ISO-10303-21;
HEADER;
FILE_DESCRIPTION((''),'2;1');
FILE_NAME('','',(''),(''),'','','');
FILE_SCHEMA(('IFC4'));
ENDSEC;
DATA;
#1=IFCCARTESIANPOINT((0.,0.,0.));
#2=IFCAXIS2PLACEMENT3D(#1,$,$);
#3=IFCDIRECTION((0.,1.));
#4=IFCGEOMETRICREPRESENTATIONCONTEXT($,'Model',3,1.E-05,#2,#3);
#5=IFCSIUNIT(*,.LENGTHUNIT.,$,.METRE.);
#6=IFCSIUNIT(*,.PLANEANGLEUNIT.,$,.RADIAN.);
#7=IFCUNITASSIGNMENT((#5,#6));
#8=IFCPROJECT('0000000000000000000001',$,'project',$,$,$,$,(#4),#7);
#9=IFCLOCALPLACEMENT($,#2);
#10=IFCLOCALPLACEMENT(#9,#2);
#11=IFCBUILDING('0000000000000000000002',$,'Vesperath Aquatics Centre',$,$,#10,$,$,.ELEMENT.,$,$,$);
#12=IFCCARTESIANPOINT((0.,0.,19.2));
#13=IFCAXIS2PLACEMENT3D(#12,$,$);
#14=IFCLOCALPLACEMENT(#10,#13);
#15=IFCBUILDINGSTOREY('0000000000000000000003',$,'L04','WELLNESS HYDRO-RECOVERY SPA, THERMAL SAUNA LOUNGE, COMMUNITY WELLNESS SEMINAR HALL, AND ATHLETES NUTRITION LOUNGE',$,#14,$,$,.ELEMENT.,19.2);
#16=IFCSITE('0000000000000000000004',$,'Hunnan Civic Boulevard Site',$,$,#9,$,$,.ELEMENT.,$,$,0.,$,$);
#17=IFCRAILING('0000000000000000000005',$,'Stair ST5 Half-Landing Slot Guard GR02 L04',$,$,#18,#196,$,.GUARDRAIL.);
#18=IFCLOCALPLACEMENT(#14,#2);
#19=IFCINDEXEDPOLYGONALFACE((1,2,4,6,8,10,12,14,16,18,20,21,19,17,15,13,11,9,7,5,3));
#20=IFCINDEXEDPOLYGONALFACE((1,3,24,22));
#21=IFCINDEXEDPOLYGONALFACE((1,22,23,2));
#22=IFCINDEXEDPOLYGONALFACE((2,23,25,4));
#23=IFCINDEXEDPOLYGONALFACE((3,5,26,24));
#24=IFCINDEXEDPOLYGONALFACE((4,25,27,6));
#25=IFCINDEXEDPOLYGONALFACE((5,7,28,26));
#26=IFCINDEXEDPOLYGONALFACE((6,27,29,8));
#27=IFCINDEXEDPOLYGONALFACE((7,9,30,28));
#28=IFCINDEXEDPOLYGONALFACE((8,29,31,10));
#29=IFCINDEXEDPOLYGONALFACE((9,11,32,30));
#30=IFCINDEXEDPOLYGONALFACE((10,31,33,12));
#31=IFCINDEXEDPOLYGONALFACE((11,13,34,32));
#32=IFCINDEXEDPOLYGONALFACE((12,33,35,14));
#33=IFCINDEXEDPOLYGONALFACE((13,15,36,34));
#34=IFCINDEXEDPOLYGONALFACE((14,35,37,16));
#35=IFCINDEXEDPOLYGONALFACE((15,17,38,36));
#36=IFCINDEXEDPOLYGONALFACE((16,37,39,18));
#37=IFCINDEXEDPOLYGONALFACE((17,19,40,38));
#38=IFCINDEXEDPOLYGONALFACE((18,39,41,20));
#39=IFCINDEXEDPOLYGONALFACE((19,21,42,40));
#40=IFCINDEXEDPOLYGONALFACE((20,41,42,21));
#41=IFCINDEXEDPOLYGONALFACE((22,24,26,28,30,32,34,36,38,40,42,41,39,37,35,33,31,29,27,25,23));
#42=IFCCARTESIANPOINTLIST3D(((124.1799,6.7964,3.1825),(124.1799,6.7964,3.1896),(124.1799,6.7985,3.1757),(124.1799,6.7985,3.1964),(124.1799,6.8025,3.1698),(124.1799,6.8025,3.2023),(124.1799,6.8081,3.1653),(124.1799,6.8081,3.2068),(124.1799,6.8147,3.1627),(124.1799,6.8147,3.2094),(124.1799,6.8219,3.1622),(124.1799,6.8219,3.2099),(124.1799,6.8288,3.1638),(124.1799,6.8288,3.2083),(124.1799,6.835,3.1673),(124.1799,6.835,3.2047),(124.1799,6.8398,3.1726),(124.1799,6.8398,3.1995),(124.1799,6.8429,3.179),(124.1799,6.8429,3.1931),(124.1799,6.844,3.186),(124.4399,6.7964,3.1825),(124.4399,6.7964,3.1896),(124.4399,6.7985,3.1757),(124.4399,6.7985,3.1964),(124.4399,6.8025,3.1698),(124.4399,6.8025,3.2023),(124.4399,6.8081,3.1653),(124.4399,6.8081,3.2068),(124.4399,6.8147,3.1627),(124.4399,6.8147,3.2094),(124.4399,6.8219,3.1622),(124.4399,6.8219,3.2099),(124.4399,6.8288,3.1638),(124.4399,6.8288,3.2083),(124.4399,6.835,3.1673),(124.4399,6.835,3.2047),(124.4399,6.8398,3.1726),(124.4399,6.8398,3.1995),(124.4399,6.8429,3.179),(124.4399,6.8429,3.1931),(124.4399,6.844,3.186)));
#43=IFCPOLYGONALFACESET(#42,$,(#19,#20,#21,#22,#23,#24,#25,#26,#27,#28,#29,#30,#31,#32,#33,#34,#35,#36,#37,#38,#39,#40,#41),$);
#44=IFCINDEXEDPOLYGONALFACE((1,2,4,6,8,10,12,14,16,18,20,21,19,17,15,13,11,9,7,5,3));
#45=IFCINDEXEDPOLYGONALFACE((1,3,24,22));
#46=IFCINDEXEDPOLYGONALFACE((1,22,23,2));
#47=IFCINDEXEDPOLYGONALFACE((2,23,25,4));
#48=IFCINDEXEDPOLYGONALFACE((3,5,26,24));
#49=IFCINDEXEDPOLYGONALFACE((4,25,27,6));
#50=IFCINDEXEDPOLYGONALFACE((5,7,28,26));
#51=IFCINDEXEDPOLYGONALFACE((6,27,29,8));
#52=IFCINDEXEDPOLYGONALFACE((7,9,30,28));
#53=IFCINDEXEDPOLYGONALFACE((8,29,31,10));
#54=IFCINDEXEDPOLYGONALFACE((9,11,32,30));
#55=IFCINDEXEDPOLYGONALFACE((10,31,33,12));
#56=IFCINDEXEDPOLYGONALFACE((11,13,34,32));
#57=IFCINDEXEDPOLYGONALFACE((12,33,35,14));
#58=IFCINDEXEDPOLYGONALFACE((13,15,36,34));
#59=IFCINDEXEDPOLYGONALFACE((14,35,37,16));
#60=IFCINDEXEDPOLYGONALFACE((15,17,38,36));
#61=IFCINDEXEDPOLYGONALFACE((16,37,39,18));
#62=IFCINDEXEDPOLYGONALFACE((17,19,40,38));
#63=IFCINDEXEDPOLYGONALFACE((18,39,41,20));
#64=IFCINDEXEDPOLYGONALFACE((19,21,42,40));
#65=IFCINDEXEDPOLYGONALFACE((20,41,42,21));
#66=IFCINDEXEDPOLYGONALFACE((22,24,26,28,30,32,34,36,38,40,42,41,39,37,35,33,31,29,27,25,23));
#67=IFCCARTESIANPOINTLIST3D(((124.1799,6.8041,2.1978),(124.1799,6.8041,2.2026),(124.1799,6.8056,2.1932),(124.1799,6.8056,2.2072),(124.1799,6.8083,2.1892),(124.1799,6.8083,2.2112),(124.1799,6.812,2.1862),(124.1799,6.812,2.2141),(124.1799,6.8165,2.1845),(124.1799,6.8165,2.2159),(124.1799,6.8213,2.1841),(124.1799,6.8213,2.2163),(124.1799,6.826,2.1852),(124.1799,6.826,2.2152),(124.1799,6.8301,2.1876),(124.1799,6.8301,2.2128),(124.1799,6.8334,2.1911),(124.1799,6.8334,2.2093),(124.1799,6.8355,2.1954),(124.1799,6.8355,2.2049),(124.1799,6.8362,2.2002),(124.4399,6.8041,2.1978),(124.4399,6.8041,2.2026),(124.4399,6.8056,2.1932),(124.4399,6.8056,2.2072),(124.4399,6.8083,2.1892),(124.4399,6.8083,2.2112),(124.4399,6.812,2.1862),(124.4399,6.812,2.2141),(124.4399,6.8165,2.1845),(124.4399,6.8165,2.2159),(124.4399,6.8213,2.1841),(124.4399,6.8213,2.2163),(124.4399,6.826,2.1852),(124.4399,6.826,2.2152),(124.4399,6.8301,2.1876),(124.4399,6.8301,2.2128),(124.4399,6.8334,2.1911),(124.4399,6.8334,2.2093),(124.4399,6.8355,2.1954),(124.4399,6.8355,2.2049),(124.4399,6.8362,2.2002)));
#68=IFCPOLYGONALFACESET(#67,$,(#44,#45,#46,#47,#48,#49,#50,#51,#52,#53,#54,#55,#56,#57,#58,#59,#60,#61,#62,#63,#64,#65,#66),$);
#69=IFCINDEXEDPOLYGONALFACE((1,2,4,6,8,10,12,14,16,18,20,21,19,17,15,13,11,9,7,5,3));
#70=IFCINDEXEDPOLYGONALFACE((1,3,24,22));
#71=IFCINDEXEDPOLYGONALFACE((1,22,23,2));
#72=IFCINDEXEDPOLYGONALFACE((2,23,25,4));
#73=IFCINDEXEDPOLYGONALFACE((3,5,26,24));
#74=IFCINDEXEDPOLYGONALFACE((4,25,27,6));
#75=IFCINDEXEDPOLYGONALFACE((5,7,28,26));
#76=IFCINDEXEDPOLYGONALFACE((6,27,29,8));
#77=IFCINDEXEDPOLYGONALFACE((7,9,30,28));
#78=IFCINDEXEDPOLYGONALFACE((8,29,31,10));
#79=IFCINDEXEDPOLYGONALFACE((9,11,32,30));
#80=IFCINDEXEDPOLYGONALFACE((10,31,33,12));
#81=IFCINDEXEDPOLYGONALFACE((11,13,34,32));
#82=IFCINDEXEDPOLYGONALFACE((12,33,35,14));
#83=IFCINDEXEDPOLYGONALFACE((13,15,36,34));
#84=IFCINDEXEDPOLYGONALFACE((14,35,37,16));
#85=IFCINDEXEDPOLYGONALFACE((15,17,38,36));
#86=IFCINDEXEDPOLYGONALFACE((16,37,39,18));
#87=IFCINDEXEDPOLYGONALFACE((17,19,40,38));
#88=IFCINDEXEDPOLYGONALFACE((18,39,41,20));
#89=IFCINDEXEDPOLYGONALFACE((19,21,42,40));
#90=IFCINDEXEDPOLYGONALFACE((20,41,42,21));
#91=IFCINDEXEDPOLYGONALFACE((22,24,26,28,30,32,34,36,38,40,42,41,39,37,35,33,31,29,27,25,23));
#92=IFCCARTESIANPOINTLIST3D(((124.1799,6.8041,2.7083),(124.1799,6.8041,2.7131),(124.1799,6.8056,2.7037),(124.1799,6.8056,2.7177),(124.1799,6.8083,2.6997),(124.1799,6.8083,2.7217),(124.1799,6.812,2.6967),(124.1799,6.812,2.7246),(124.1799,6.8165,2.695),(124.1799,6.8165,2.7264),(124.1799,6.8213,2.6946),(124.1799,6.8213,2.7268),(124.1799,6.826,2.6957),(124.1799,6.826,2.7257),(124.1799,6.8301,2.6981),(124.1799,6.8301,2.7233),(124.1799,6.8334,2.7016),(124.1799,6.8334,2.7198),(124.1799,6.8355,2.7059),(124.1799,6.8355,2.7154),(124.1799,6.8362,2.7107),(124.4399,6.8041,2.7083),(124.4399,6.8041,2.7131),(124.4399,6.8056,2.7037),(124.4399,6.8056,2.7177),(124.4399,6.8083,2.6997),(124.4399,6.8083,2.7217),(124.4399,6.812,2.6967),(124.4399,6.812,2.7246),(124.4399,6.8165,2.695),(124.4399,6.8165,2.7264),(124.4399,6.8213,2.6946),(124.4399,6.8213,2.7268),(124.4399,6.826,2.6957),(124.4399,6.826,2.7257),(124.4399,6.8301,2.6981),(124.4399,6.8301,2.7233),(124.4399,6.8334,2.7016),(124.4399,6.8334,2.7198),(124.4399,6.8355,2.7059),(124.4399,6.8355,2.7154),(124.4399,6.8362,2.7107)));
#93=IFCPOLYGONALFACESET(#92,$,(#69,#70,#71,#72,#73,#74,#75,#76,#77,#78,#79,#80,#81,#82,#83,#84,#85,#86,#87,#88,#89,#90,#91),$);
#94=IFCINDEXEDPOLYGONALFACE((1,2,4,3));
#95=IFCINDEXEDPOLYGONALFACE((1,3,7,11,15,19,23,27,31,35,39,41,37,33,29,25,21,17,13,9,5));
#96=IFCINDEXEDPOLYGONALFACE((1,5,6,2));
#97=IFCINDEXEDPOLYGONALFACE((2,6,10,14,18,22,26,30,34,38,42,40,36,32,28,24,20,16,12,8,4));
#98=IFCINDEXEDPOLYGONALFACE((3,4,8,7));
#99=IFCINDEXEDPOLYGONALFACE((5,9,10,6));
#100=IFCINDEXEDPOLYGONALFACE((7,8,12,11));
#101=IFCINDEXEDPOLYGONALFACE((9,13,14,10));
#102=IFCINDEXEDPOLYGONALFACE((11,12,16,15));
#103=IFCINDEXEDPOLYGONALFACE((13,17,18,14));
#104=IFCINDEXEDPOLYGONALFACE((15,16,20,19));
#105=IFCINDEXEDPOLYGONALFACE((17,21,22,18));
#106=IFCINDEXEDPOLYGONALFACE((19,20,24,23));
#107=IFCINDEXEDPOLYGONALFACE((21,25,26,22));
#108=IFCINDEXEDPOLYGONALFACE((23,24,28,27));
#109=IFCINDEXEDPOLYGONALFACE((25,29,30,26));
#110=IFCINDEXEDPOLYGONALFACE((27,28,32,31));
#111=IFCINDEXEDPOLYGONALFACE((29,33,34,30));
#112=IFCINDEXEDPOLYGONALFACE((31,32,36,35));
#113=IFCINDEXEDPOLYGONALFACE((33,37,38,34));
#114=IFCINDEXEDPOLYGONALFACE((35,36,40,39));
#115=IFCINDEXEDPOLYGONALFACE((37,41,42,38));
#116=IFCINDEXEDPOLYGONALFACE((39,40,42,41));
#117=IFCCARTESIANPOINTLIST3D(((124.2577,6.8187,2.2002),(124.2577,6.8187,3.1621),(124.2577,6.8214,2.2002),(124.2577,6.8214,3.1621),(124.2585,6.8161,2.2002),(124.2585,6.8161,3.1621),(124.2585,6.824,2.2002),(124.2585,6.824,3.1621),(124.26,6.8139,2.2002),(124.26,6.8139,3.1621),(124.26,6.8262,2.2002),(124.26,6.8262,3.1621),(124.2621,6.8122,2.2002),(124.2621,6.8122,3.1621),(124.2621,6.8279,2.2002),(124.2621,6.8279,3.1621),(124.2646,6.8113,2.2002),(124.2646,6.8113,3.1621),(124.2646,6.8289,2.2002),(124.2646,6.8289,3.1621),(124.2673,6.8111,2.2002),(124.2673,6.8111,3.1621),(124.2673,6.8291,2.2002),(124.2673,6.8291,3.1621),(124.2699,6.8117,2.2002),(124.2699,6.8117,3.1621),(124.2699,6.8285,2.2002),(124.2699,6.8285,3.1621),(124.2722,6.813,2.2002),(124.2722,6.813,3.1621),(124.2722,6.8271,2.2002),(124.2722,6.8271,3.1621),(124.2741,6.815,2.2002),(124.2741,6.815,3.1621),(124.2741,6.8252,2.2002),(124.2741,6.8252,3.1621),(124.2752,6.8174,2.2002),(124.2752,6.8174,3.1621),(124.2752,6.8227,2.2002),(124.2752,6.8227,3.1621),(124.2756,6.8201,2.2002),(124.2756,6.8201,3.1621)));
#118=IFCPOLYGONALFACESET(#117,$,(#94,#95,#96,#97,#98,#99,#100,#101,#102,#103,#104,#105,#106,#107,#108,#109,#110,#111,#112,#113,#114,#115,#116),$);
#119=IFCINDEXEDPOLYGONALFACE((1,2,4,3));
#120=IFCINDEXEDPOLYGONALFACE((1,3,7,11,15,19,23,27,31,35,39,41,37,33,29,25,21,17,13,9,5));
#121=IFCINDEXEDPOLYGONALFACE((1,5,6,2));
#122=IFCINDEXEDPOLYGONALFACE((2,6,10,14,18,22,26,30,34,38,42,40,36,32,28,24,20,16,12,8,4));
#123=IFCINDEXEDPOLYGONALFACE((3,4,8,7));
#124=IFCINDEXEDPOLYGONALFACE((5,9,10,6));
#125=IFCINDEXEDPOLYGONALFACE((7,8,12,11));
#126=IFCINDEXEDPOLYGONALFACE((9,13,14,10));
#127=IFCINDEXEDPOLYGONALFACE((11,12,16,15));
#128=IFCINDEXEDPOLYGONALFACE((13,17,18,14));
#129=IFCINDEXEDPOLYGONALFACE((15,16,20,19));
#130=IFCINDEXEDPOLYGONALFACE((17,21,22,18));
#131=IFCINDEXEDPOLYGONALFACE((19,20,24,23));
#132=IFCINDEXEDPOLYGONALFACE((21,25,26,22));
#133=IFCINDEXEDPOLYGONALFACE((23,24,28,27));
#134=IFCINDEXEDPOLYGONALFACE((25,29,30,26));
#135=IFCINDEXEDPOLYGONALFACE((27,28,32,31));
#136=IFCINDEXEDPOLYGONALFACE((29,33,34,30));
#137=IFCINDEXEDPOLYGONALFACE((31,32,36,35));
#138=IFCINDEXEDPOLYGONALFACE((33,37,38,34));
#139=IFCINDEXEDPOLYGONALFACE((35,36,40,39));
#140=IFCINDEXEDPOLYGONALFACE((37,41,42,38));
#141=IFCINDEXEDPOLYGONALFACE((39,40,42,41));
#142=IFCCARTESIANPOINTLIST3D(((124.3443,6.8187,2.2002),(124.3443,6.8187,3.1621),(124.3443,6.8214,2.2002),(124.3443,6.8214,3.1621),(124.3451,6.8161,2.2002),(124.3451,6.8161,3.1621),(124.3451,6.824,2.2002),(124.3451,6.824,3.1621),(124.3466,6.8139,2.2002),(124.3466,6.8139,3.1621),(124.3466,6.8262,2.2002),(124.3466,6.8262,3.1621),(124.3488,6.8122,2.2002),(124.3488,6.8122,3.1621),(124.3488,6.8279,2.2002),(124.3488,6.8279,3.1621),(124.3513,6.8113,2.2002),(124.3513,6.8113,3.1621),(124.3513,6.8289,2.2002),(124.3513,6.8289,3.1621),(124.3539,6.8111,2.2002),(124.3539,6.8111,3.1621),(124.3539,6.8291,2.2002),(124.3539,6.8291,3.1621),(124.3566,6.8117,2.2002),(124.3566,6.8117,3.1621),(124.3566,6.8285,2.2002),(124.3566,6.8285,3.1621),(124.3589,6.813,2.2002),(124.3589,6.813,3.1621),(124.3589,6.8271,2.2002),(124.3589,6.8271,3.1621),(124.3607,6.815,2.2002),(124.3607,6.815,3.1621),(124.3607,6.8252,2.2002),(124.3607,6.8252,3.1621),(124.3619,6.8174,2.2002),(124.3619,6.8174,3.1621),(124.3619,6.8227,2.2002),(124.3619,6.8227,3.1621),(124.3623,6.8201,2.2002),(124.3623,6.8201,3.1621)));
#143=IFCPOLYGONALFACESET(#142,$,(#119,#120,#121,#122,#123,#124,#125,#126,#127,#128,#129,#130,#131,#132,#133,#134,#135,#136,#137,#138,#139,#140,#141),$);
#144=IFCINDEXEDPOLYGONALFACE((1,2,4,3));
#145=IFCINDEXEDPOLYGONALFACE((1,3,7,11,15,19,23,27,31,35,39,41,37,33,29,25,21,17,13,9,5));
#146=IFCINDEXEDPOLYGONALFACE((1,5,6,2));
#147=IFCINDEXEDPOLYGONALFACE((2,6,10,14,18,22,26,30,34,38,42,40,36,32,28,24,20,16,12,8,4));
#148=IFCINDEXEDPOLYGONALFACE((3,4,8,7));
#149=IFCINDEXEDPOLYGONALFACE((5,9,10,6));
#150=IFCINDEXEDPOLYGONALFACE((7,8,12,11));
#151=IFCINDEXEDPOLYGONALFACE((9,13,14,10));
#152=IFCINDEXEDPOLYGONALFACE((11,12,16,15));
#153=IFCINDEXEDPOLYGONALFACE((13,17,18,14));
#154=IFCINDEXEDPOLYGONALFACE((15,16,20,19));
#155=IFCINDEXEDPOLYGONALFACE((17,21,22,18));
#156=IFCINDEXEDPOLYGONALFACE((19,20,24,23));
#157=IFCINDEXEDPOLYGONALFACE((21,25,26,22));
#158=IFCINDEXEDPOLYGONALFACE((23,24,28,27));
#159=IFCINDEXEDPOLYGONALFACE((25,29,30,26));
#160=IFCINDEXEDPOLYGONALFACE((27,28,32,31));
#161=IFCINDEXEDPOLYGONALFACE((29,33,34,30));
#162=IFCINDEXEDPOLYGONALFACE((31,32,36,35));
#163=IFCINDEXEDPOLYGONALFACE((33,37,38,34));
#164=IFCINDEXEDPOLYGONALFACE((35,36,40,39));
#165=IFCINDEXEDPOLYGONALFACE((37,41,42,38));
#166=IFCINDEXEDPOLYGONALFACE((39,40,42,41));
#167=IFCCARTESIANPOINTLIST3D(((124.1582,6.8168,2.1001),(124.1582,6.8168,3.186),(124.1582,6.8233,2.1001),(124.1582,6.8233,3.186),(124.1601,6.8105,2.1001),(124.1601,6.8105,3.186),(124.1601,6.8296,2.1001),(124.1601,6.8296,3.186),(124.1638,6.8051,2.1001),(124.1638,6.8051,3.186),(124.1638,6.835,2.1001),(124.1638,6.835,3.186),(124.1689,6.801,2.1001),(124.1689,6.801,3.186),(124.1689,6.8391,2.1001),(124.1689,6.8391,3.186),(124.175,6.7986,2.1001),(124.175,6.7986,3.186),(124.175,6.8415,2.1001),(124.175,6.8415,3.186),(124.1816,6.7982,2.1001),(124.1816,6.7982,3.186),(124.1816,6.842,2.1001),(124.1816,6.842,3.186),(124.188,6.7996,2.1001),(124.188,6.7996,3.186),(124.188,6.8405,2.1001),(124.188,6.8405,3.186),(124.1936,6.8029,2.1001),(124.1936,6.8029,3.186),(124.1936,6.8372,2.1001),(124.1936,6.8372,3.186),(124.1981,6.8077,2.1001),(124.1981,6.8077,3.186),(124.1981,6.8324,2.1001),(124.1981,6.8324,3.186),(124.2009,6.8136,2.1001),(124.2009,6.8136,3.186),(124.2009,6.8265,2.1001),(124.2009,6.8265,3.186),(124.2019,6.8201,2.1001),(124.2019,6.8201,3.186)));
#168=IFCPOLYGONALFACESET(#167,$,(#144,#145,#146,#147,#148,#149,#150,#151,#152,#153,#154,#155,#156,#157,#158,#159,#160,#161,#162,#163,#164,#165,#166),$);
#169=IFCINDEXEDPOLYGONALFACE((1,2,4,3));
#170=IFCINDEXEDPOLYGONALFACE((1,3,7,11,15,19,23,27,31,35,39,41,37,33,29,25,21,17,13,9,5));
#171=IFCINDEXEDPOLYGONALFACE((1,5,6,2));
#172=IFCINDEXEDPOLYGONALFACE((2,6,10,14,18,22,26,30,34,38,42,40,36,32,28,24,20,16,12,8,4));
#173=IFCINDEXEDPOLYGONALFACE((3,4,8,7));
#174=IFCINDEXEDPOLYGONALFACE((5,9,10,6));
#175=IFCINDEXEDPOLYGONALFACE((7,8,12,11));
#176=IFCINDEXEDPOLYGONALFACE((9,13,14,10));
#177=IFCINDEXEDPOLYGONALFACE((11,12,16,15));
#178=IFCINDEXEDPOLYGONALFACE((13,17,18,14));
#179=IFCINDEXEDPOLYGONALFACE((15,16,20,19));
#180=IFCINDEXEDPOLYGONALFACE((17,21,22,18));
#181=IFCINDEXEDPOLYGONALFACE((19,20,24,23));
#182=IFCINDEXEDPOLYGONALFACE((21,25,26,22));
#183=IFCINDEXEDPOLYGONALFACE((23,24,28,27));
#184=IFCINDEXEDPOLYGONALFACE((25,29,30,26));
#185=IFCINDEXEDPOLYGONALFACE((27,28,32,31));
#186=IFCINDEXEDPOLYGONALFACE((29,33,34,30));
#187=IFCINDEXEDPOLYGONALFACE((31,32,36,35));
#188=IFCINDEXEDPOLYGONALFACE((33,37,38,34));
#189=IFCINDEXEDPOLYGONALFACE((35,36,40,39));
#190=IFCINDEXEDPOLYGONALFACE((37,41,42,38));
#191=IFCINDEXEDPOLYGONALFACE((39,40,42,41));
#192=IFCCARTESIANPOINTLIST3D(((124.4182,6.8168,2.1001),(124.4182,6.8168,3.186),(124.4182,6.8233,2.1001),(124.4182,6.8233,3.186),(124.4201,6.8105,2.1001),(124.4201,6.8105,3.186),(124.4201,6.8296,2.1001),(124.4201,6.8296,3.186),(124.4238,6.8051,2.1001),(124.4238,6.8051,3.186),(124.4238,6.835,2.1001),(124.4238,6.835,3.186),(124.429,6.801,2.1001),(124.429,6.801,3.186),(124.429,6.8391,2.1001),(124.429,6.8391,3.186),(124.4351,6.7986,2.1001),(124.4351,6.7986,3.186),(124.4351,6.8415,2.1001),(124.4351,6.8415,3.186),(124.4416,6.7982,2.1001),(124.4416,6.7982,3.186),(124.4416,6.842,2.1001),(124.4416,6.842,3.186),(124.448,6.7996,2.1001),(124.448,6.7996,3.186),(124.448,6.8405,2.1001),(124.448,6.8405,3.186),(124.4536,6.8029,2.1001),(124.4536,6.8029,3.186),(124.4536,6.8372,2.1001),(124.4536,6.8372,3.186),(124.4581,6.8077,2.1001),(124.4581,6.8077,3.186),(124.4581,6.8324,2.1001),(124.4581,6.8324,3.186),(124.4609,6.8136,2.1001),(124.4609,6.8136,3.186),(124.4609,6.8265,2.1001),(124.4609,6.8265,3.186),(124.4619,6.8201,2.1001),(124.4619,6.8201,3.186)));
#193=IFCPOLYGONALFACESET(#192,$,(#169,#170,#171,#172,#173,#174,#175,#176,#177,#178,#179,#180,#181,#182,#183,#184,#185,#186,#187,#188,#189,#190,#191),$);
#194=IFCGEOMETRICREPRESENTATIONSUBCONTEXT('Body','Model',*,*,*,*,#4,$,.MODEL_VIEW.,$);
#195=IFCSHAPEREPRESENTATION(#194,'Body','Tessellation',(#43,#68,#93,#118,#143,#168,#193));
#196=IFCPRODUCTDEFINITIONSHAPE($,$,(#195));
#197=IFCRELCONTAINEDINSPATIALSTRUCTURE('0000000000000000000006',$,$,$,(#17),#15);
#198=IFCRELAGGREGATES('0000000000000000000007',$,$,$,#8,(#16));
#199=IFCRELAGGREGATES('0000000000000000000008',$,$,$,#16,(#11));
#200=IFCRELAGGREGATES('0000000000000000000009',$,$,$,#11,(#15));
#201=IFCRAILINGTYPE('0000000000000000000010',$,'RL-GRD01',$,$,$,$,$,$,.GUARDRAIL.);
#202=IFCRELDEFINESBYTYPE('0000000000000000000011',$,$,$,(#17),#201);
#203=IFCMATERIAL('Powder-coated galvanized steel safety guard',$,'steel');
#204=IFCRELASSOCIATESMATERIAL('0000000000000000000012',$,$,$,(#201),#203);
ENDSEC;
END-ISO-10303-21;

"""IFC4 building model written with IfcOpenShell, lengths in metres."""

from ifc_helpers import new_model, si_unit, direction, frame, origin, origin_2d, place, context, subcontext, project, spatial, circle, extrude, material, type_object, element, save


model = new_model("IFC4")

# Units and contexts
model_context = context("Model", 3, precision=1e-05, world=origin(), true_north=direction((0.0, 1.0)))
body_context = subcontext(model_context, "Body", "Model", "MODEL_VIEW")
ifc_project = project(units=[si_unit("LENGTHUNIT", "METRE"), si_unit("PLANEANGLEUNIT", "RADIAN")], contexts=[model_context])

# Site, building, storey
site_placement = place(None, origin())
site = spatial("IfcSite", under=ifc_project, at=site_placement, Name="Hunnan Civic Boulevard Site", CompositionType="ELEMENT", RefElevation=0.0)
building_placement = place(site_placement, origin())
building = spatial("IfcBuilding", under=site, at=building_placement, Name="Vesperath Aquatics Centre", CompositionType="ELEMENT")
storey_placement = place(building_placement, frame((0.0, 0.0, 19.2)))
storey = spatial("IfcBuildingStorey", under=building, at=storey_placement, Name="L04", Description="WELLNESS HYDRO-RECOVERY SPA, THERMAL SAUNA LOUNGE, COMMUNITY WELLNESS SEMINAR HALL, AND ATHLETES NUTRITION LOUNGE", CompositionType="ELEMENT", Elevation=19.2)

# Railing
ifc_material_1 = material(Name="Powder-coated galvanized steel safety guard", Category="steel")
railing_type_1 = type_object("IfcRailingType", Name="RL-GRD01", PredefinedType="GUARDRAIL", material=ifc_material_1)
railing_1_placement = place(storey_placement, frame((124.1799, 6.8201, 2.1001)))
element("IfcRailing", 1, at=railing_1_placement, inside=storey, type_object=railing_type_1, Name="Stair ST5 Half-Landing Slot Guard GR02 L04", PredefinedType="GUARDRAIL", context=body_context, shape_type="SweptSolid", body=[
    extrude(circle(Radius=0.0239, at=origin_2d()), frame((0.0, 0.0, 1.0859), z_axis=(1.0, 0.0, 0.0), x_axis=(0.0, 1.0, 0.0)), (0.0, 0.0, 1.0), 0.26),
    extrude(circle(Radius=0.0161, at=origin_2d()), frame((0.0, 0.0, 0.1001), z_axis=(1.0, 0.0, 0.0), x_axis=(0.0, 1.0, 0.0)), (0.0, 0.0, 1.0), 0.26),
    extrude(circle(Radius=0.0161, at=origin_2d()), frame((0.0, 0.0, 0.6106), z_axis=(1.0, 0.0, 0.0), x_axis=(0.0, 1.0, 0.0)), (0.0, 0.0, 1.0), 0.26),
    extrude(circle(Radius=0.009, at=origin_2d()), frame((0.0867, 0.0, 0.1001)), (0.0, 0.0, 1.0), 0.9619),
    extrude(circle(Radius=0.009, at=origin_2d()), frame((0.1733, 0.0, 0.1001)), (0.0, 0.0, 1.0), 0.9619),
    extrude(circle(Radius=0.022, at=origin_2d()), origin(), (0.0, 0.0, 1.0), 1.0859),
    extrude(circle(Radius=0.022, at=origin_2d()), frame((0.26, 0.0, 0.0)), (0.0, 0.0, 1.0), 1.0859),
])

save(model, "model.ifc")
